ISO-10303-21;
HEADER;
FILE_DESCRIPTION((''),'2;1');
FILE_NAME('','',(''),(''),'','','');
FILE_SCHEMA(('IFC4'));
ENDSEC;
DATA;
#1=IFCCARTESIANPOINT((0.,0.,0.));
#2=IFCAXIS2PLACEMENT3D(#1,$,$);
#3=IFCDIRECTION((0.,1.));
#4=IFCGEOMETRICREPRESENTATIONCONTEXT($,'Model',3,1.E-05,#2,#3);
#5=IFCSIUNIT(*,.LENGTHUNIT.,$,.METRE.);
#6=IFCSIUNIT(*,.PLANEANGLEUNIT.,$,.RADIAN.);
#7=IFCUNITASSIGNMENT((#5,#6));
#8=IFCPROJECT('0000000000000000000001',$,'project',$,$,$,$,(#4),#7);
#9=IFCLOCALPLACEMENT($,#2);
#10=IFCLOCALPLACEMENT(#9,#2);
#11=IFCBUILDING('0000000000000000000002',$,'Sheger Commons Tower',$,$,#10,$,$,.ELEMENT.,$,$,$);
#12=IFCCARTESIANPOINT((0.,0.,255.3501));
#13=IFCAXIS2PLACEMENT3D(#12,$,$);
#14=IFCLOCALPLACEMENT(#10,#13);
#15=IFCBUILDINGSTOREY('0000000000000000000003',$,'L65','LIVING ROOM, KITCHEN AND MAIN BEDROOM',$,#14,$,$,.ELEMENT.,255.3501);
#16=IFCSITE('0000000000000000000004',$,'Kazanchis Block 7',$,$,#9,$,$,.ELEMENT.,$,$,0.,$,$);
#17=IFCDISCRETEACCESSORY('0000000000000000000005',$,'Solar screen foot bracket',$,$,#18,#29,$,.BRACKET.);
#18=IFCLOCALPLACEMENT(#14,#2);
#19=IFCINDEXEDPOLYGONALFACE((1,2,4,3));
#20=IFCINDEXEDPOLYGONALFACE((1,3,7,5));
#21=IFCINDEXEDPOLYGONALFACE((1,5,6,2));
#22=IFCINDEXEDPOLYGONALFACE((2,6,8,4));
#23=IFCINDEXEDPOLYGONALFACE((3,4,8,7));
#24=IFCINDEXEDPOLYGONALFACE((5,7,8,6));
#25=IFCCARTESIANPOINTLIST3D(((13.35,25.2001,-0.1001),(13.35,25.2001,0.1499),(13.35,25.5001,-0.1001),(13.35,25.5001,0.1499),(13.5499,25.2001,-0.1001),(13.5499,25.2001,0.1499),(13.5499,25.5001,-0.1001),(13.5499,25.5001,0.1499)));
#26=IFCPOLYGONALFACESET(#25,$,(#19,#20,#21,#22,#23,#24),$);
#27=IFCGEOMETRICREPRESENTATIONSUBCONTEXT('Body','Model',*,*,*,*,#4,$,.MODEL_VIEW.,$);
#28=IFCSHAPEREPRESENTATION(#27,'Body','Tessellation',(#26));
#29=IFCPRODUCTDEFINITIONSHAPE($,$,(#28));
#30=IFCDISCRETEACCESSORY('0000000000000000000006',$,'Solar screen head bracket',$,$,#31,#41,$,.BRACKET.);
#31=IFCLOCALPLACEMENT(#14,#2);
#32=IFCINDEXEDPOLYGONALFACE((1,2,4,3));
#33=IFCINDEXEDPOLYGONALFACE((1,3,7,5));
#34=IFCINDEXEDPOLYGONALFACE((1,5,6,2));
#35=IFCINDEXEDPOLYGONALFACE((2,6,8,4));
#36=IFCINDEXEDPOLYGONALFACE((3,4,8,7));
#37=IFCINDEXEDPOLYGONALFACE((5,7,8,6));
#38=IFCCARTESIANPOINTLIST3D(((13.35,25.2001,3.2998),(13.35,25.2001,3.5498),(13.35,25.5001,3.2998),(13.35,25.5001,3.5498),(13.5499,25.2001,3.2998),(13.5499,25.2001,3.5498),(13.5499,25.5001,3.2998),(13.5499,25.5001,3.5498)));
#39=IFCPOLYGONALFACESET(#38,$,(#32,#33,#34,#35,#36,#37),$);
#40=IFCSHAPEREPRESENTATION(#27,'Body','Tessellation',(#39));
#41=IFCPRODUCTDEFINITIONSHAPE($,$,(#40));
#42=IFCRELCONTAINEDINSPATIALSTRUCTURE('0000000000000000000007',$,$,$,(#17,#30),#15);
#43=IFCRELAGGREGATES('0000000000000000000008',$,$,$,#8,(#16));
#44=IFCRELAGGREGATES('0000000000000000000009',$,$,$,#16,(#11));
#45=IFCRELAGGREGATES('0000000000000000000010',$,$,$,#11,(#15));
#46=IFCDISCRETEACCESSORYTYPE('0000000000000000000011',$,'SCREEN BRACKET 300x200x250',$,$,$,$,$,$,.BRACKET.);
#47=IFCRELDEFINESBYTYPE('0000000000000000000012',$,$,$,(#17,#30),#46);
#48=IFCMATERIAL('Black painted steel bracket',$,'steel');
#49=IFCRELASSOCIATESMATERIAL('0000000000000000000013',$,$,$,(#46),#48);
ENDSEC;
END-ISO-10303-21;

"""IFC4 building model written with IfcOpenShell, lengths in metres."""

from ifc_helpers import new_model, si_unit, direction, frame, origin, origin_2d, place, context, subcontext, project, spatial, rectangle, extrude, material, type_object, element, save


model = new_model("IFC4")

# Units and contexts
model_context = context("Model", 3, precision=1e-05, world=origin(), true_north=direction((0.0, 1.0)))
body_context = subcontext(model_context, "Body", "Model", "MODEL_VIEW")
ifc_project = project(units=[si_unit("LENGTHUNIT", "METRE"), si_unit("PLANEANGLEUNIT", "RADIAN")], contexts=[model_context])

# Site, building, storey
site_placement = place(None, origin())
site = spatial("IfcSite", under=ifc_project, at=site_placement, Name="Kazanchis Block 7", CompositionType="ELEMENT", RefElevation=0.0)
building_placement = place(site_placement, origin())
building = spatial("IfcBuilding", under=site, at=building_placement, Name="Sheger Commons Tower", CompositionType="ELEMENT")
storey_placement = place(building_placement, frame((0.0, 0.0, 255.3501)))
storey = spatial("IfcBuildingStorey", under=building, at=storey_placement, Name="L65", Description="LIVING ROOM, KITCHEN AND MAIN BEDROOM", CompositionType="ELEMENT", Elevation=255.3501)

# Discrete accessories
ifc_material_1 = material(Name="Black painted steel bracket", Category="steel")
discrete_accessory_type = type_object("IfcDiscreteAccessoryType", Name="SCREEN BRACKET 300x200x250", PredefinedType="BRACKET", material=ifc_material_1)
for number, where, z_axis, x_axis, name in (
    (1, (13.45, 25.3501, -0.1001), (0.0, 0.0, 1.0), (0.0, -1.0, 0.0), "Solar screen foot bracket"),
    (2, (13.45, 25.3501, 3.2998), (0.0, 0.0, 1.0), (0.0, -1.0, 0.0), "Solar screen head bracket"),
):
    element("IfcDiscreteAccessory", number, at=place(storey_placement, frame(where, z_axis=z_axis, x_axis=x_axis)), inside=storey, type_object=discrete_accessory_type, Name=name, PredefinedType="BRACKET", context=body_context, shape_type="SweptSolid", body=[
        extrude(rectangle(XDim=0.3, YDim=0.2, at=origin_2d()), origin(), (0.0, 0.0, 1.0), 0.25),
    ])

save(model, "model.ifc")
